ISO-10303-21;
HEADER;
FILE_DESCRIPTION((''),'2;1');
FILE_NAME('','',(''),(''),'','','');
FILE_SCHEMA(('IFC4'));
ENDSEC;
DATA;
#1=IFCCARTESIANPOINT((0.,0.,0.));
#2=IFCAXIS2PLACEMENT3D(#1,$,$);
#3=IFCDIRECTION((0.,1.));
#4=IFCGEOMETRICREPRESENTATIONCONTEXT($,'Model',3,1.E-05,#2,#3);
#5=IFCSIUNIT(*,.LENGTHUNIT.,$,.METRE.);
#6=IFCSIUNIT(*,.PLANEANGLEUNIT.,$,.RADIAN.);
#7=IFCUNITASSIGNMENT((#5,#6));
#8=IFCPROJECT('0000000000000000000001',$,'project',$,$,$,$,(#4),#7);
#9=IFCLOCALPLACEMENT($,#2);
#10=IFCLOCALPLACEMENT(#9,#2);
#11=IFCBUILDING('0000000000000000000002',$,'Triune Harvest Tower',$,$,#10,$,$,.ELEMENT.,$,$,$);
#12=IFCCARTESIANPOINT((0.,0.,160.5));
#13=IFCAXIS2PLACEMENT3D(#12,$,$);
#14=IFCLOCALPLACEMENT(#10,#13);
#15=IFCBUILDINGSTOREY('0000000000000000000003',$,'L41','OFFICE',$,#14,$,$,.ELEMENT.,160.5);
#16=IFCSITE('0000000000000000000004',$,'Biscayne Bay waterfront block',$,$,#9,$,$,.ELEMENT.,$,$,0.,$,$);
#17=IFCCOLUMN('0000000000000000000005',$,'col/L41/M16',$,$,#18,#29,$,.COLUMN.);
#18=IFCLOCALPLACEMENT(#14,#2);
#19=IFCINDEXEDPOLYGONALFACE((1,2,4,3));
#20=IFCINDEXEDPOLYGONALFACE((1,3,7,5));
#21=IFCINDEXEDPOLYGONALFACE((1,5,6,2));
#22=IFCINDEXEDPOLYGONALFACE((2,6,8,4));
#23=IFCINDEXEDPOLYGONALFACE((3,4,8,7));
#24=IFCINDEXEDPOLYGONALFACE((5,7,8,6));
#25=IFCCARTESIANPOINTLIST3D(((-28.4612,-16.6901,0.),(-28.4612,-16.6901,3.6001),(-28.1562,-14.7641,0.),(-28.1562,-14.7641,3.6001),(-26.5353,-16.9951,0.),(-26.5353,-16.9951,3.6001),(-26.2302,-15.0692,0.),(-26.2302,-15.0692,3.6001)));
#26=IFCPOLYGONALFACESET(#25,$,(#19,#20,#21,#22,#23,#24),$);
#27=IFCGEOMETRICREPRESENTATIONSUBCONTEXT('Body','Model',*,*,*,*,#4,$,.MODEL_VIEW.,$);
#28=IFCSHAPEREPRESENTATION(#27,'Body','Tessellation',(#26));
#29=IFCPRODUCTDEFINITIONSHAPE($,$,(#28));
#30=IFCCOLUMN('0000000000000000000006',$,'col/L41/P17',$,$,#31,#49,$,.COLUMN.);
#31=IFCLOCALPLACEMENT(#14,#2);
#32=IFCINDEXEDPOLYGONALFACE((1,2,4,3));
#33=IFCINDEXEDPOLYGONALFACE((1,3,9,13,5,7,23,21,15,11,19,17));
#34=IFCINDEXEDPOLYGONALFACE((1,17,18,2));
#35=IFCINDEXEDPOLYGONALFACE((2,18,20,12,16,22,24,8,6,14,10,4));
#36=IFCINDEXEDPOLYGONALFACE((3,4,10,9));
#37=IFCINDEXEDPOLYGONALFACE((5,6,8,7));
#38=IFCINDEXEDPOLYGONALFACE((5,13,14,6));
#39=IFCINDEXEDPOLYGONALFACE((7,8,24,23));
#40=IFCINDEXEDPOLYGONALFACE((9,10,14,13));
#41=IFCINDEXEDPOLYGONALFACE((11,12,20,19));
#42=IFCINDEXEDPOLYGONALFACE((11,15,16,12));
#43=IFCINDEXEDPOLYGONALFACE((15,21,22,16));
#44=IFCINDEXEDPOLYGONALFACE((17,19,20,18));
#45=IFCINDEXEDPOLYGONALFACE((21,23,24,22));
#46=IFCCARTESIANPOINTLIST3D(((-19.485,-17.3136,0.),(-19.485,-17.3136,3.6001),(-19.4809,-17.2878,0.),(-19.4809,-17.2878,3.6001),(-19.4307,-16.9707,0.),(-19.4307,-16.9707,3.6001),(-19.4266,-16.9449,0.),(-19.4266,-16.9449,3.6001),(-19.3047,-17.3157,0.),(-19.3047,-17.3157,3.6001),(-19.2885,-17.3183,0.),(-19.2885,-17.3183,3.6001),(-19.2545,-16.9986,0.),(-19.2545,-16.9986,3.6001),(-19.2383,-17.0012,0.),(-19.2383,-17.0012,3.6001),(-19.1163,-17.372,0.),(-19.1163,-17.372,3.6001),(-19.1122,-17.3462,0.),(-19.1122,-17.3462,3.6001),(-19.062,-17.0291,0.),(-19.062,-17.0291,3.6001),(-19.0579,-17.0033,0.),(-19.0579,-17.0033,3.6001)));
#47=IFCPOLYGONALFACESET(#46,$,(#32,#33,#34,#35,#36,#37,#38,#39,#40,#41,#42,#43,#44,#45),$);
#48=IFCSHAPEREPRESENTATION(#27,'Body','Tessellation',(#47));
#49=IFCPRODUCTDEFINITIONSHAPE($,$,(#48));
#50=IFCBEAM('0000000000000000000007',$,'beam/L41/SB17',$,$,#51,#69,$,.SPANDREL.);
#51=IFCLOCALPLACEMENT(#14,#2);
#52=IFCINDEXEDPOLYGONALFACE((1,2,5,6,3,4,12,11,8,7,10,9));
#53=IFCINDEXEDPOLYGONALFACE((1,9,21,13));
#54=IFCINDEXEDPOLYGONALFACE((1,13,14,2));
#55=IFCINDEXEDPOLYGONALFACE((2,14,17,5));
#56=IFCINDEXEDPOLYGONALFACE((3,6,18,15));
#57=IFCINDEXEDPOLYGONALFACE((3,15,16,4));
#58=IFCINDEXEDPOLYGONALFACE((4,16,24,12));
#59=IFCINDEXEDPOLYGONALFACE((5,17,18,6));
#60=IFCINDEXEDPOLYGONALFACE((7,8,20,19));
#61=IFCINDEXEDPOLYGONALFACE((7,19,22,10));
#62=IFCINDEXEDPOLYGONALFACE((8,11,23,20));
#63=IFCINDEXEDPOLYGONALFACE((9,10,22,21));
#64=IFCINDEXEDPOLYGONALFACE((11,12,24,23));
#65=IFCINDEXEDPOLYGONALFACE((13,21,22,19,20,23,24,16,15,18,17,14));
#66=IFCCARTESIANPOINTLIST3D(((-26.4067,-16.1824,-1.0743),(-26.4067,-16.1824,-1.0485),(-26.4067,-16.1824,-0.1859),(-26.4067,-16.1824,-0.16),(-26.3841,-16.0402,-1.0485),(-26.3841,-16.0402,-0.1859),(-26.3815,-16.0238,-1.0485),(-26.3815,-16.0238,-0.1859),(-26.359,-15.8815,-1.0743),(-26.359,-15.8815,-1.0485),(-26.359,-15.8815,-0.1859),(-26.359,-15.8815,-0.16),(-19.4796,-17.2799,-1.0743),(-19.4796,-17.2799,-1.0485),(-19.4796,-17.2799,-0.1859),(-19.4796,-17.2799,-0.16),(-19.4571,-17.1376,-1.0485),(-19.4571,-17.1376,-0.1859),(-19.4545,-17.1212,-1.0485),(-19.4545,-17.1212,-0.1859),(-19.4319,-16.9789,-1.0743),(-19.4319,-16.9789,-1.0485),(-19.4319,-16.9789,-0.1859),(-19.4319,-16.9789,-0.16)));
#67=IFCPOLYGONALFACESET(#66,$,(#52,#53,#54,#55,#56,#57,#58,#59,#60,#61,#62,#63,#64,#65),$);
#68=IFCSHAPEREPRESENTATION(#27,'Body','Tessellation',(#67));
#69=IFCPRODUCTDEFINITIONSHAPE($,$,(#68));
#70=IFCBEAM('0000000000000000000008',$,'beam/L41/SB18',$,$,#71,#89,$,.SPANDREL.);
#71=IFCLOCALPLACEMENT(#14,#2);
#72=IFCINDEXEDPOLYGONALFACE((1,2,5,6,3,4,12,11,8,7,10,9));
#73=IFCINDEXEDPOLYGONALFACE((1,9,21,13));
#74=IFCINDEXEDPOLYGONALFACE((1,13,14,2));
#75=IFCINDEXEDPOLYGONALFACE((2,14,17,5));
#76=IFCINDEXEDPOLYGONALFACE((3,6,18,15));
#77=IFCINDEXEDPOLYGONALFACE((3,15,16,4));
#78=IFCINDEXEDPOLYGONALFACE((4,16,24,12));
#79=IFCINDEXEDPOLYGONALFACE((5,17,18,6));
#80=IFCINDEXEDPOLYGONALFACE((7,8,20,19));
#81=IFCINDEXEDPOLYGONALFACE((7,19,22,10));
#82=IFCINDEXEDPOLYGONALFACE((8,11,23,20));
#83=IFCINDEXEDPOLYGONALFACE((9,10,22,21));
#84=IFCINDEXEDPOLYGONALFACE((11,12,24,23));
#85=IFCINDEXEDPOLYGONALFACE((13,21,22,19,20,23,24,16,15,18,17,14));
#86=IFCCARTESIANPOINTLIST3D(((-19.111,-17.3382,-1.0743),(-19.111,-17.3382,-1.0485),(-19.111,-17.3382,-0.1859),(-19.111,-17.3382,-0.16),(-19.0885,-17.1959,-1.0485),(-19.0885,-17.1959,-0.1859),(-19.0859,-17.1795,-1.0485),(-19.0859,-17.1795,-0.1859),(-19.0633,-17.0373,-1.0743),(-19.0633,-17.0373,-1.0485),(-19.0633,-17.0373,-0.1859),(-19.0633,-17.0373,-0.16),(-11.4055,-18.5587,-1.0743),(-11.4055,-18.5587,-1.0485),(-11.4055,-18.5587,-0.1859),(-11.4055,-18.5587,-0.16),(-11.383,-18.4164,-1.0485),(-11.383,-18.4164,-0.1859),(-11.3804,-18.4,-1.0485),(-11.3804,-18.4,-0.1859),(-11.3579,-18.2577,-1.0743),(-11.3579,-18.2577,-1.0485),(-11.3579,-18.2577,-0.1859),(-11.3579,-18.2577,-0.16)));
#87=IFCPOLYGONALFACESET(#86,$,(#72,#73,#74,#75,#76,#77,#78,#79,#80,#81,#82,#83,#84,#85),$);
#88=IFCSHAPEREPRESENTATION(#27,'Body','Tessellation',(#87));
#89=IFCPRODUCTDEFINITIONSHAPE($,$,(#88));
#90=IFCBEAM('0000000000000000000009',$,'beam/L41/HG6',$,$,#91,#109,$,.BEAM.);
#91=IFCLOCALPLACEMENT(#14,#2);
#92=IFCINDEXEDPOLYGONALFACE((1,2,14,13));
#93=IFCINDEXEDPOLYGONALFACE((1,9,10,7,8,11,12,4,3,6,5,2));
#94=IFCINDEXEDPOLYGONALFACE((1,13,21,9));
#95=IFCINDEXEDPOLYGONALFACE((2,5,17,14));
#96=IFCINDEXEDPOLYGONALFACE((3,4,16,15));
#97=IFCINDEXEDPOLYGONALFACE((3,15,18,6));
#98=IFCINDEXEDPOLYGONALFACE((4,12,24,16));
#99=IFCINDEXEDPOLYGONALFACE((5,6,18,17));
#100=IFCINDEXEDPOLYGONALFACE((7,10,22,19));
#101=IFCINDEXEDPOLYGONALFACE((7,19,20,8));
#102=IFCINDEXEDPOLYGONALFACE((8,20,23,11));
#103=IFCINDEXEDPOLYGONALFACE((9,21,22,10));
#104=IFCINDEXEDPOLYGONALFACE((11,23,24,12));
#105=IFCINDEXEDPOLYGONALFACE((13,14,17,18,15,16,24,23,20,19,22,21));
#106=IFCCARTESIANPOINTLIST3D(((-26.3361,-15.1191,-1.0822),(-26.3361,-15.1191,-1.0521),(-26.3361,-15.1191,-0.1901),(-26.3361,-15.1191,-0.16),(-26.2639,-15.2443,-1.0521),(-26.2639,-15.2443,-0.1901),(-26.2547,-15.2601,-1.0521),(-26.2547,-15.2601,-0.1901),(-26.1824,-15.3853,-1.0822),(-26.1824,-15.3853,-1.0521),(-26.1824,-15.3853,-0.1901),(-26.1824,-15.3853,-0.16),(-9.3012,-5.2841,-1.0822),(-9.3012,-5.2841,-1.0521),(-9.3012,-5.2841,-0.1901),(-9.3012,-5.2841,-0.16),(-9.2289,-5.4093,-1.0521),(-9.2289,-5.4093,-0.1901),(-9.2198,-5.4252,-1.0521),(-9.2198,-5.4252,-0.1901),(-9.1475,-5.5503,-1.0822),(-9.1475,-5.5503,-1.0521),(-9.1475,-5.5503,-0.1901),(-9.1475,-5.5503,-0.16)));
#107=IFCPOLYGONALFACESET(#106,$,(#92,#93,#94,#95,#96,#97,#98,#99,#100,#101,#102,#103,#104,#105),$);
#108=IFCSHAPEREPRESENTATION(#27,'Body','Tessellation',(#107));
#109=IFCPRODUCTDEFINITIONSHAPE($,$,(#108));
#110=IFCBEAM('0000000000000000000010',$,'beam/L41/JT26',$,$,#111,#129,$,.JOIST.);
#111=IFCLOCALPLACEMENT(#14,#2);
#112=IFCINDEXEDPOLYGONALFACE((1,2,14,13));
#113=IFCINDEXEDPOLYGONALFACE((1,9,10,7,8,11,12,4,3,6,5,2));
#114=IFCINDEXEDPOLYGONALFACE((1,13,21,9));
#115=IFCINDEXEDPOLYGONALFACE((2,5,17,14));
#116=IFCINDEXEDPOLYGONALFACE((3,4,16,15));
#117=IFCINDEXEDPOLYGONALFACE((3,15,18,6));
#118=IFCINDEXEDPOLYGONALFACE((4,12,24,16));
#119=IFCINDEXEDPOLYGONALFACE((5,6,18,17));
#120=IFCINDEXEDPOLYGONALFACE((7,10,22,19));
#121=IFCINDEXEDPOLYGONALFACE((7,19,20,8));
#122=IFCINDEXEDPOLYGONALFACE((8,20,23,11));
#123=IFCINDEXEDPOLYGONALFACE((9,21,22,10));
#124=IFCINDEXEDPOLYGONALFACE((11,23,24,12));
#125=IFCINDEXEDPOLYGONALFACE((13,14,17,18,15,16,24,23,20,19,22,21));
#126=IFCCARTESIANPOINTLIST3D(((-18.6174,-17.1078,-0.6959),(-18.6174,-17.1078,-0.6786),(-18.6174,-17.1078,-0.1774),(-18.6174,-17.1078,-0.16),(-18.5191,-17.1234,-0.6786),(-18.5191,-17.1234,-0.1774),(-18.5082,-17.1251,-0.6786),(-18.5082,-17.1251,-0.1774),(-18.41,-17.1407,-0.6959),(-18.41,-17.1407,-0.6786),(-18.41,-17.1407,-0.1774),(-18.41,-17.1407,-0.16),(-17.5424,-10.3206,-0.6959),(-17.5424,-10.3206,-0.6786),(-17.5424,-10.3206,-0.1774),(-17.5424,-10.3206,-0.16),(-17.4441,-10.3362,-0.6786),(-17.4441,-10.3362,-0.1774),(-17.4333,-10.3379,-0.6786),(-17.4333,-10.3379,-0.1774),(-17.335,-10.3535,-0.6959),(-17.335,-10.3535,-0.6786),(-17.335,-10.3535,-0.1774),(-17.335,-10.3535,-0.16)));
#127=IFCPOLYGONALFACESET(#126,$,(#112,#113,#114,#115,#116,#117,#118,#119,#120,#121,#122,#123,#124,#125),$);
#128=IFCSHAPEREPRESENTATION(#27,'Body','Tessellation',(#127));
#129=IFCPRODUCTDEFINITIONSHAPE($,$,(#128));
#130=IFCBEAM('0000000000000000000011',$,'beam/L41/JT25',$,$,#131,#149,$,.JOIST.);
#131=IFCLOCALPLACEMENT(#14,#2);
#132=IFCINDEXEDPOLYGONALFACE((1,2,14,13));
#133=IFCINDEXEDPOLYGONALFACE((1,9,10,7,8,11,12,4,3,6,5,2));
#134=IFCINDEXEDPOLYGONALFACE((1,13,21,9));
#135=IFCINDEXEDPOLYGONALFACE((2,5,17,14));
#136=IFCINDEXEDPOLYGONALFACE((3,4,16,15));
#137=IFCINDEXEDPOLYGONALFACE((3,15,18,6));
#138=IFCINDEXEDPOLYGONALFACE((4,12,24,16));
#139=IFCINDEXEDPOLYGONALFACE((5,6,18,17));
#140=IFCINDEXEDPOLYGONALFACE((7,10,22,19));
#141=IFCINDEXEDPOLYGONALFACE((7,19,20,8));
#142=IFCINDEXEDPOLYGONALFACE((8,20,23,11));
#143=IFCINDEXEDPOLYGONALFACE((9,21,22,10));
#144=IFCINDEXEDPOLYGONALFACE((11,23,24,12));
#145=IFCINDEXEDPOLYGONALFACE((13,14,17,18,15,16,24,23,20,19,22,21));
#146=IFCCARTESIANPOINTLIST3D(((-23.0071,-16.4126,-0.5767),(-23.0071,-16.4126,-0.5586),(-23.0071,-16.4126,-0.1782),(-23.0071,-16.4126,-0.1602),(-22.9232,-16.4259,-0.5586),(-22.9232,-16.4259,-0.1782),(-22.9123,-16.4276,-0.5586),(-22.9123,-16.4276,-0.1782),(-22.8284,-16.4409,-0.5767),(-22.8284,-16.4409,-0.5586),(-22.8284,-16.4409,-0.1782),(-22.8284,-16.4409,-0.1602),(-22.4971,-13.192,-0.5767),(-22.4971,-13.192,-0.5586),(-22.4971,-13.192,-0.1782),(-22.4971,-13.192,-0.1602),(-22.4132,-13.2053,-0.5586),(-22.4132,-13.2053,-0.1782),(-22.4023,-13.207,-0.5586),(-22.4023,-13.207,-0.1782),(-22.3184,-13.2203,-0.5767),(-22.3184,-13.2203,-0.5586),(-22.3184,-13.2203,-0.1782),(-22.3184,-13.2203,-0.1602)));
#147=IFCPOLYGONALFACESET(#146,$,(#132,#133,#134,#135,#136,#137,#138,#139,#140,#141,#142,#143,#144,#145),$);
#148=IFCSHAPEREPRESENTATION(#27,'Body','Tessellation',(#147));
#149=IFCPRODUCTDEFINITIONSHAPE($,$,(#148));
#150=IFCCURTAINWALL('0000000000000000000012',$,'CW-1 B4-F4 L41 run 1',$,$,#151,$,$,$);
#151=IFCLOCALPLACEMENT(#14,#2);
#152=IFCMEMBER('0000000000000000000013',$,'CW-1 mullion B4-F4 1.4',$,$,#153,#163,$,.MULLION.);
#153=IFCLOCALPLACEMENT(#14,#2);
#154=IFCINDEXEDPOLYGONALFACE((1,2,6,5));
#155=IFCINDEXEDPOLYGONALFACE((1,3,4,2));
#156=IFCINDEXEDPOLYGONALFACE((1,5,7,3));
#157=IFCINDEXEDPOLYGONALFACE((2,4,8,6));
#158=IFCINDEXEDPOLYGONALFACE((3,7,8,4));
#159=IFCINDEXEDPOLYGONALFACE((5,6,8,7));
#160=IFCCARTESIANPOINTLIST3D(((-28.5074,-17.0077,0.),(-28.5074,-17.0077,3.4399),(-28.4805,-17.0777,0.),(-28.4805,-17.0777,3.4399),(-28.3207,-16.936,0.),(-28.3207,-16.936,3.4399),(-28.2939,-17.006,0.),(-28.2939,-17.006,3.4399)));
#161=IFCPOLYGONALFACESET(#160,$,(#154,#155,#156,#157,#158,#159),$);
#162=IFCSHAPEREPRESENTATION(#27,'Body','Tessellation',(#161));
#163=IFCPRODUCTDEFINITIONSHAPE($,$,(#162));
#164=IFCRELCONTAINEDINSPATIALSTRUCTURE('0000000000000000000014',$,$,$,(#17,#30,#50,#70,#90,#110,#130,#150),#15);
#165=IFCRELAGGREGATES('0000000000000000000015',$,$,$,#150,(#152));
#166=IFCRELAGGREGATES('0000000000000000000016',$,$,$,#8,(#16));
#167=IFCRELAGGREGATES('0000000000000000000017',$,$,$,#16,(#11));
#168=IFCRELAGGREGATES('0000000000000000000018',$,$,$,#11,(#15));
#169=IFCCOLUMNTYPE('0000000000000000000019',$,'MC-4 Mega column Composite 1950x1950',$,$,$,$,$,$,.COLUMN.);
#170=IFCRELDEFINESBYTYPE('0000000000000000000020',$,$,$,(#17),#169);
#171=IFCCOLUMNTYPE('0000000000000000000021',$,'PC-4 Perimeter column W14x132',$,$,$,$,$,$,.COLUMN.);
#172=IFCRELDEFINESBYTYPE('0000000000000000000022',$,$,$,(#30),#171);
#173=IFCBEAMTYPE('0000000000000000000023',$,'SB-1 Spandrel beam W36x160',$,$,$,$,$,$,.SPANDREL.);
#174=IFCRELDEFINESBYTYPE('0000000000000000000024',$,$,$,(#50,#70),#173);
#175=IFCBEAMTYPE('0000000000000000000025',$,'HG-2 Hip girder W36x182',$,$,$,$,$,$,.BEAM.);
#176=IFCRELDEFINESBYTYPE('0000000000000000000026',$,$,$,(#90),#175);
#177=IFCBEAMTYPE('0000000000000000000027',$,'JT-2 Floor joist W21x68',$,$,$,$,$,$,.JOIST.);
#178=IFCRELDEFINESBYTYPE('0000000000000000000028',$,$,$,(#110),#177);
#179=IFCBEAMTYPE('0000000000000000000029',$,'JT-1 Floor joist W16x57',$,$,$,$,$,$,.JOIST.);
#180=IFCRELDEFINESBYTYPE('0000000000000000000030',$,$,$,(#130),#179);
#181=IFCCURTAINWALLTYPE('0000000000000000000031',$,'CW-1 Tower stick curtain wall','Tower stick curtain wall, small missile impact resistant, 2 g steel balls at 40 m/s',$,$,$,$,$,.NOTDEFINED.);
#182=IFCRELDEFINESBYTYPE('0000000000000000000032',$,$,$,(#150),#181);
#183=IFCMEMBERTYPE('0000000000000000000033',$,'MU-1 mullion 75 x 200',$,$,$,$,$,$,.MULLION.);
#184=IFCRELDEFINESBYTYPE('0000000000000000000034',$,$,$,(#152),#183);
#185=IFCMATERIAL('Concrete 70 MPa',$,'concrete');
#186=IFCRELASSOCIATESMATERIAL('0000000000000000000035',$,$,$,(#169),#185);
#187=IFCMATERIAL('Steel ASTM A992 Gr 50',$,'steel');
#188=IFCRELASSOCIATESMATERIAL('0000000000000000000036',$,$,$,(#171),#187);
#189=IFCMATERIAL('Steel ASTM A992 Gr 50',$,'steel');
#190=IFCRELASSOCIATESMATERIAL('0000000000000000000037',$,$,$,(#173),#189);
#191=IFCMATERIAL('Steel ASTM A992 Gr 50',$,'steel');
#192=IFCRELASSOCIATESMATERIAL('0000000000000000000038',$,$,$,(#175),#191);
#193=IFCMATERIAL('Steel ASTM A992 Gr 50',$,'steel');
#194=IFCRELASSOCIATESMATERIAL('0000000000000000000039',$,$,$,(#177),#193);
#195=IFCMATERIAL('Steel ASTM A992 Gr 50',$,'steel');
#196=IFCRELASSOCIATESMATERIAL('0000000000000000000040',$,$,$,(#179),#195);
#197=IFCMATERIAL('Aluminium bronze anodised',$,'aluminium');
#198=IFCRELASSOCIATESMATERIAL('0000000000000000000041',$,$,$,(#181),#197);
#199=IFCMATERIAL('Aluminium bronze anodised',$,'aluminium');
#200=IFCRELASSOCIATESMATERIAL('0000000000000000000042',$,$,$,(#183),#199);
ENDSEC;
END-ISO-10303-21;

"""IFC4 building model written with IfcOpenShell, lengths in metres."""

from ifc_helpers import new_model, si_unit, direction, frame, origin, origin_2d, place, context, subcontext, project, spatial, rectangle, i_section, extrude, source, transform, mapped, material, material_profile, profile_set, type_object, element, aggregate, save


model = new_model("IFC4")

# Units and contexts
model_context = context("Model", 3, precision=1e-05, world=origin(), true_north=direction((0.0, 1.0)))
body_context = subcontext(model_context, "Body", "Model", "MODEL_VIEW")
ifc_project = project(units=[si_unit("LENGTHUNIT", "METRE"), si_unit("PLANEANGLEUNIT", "RADIAN")], contexts=[model_context])

# Site, building, storey
site_placement = place(None, origin())
site = spatial("IfcSite", under=ifc_project, at=site_placement, Name="Biscayne Bay waterfront block", CompositionType="ELEMENT", RefElevation=0.0)
building_placement = place(site_placement, origin())
building = spatial("IfcBuilding", under=site, at=building_placement, Name="Triune Harvest Tower", CompositionType="ELEMENT")
storey_placement = place(building_placement, frame((0.0, 0.0, 160.5)))
storey = spatial("IfcBuildingStorey", under=building, at=storey_placement, Name="L41", Description="OFFICE", CompositionType="ELEMENT", Elevation=160.5)

# Columns
ifc_material_1 = material(Name="Concrete 70 MPa", Category="concrete")
ifc_material_profile_1 = material_profile(ifc_material_1, rectangle(XDim=1.95, YDim=1.95, at=origin_2d()), Name="Composite 1950x1950")
ifc_profile_set_1 = profile_set([ifc_material_profile_1], Name="Concrete 70 MPa")
column_type_1 = type_object("IfcColumnType", Name="MC-4 Mega column Composite 1950x1950", PredefinedType="COLUMN", material=ifc_profile_set_1)
shared_shape_1 = source(origin(), body_context, "Body", "SweptSolid", [
    extrude(rectangle(XDim=1.95, YDim=1.95, at=origin_2d()), origin(), (0.0, 0.0, 1.0), 3.6001),
])
column_1_placement = place(storey_placement, frame((-27.3457, -15.8796, 0.0), z_axis=(0.0, 0.0, 1.0), x_axis=(0.987688, -0.156434, 0.0)))
element("IfcColumn", 1, at=column_1_placement, inside=storey, type_object=column_type_1, Name="col/L41/M16", PredefinedType="COLUMN", context=body_context, shape_type="MappedRepresentation", body=[
    mapped(shared_shape_1, transform((0.0, 0.0, 0.0), scale=1.0)),
])
ifc_material_2 = material(Name="Steel ASTM A992 Gr 50", Category="steel")
ifc_material_profile_2 = material_profile(ifc_material_2, i_section(OverallWidth=0.3733, OverallDepth=0.3733, WebThickness=0.0164, FlangeThickness=0.0261, at=origin_2d()), Name="W14x132")
ifc_profile_set_2 = profile_set([ifc_material_profile_2], Name="Steel ASTM A992 Gr 50")
column_type_2 = type_object("IfcColumnType", Name="PC-4 Perimeter column W14x132", PredefinedType="COLUMN", material=ifc_profile_set_2)
shared_shape_2 = source(origin(), body_context, "Body", "SweptSolid", [
    extrude(i_section(OverallWidth=0.3733, OverallDepth=0.3733, WebThickness=0.0164, FlangeThickness=0.0261, at=origin_2d()), origin(), (0.0, 0.0, 1.0), 3.6001),
])
column_2_placement = place(storey_placement, frame((-19.2715, -17.1584, 0.0), z_axis=(0.0, 0.0, 1.0), x_axis=(0.987688, -0.156434, 0.0)))
element("IfcColumn", 2, at=column_2_placement, inside=storey, type_object=column_type_2, Name="col/L41/P17", PredefinedType="COLUMN", context=body_context, shape_type="MappedRepresentation", body=[
    mapped(shared_shape_2, transform((0.0, 0.0, 0.0), scale=1.0)),
])

# Beams
ifc_material_3 = material(Name="Steel ASTM A992 Gr 50", Category="steel")
ifc_material_profile_3 = material_profile(ifc_material_3, i_section(OverallWidth=0.3047, OverallDepth=0.9143, WebThickness=0.0166, FlangeThickness=0.0259, at=origin_2d()), Name="W36x160")
ifc_profile_set_3 = profile_set([ifc_material_profile_3], Name="Steel ASTM A992 Gr 50")
beam_type_1 = type_object("IfcBeamType", Name="SB-1 Spandrel beam W36x160", PredefinedType="SPANDREL", material=ifc_profile_set_3)
shared_shape_3 = source(origin(), body_context, "Body", "SweptSolid", [
    extrude(i_section(OverallWidth=0.3047, OverallDepth=0.9143, WebThickness=0.0166, FlangeThickness=0.0259, at=origin_2d()), origin(), (0.0, 0.0, 1.0), 7.0134),
])
beam_1_placement = place(storey_placement, frame((-26.3828, -16.032, -0.6172), z_axis=(0.987682, -0.156474, 0.0), x_axis=(0.156474, 0.987682, 0.0)))
element("IfcBeam", 3, at=beam_1_placement, inside=storey, type_object=beam_type_1, Name="beam/L41/SB17", PredefinedType="SPANDREL", context=body_context, shape_type="MappedRepresentation", body=[
    mapped(shared_shape_3, transform((0.0, 0.0, 0.0), scale=1.0)),
])
shared_shape_4 = source(origin(), body_context, "Body", "SweptSolid", [
    extrude(i_section(OverallWidth=0.3047, OverallDepth=0.9143, WebThickness=0.0166, FlangeThickness=0.0259, at=origin_2d()), origin(), (0.0, 0.0, 1.0), 7.8015),
])
beam_2_placement = place(storey_placement, frame((-19.0872, -17.1877, -0.6172), z_axis=(0.987688, -0.156437, 0.0), x_axis=(0.156437, 0.987688, 0.0)))
element("IfcBeam", 4, at=beam_2_placement, inside=storey, type_object=beam_type_1, Name="beam/L41/SB18", PredefinedType="SPANDREL", context=body_context, shape_type="MappedRepresentation", body=[
    mapped(shared_shape_4, transform((0.0, 0.0, 0.0), scale=1.0)),
])
ifc_material_4 = material(Name="Steel ASTM A992 Gr 50", Category="steel")
ifc_material_profile_4 = material_profile(ifc_material_4, i_section(OverallWidth=0.3074, OverallDepth=0.9221, WebThickness=0.0183, FlangeThickness=0.03, at=origin_2d()), Name="W36x182")
ifc_profile_set_4 = profile_set([ifc_material_profile_4], Name="Steel ASTM A992 Gr 50")
beam_type_2 = type_object("IfcBeamType", Name="HG-2 Hip girder W36x182", PredefinedType="BEAM", material=ifc_profile_set_4)
shared_shape_5 = source(origin(), body_context, "Body", "SweptSolid", [
    extrude(i_section(OverallWidth=0.3074, OverallDepth=0.9221, WebThickness=0.0183, FlangeThickness=0.03, at=origin_2d()), origin(), (0.0, 0.0, 1.0), 19.6702),
])
beam_3_placement = place(storey_placement, frame((-26.2593, -15.2522, -0.6211), z_axis=(0.866029, 0.499994, 0.0), x_axis=(-0.499994, 0.866029, 0.0)))
element("IfcBeam", 5, at=beam_3_placement, inside=storey, type_object=beam_type_2, Name="beam/L41/HG6", PredefinedType="BEAM", context=body_context, shape_type="MappedRepresentation", body=[
    mapped(shared_shape_5, transform((0.0, 0.0, 0.0), scale=1.0)),
])
ifc_material_5 = material(Name="Steel ASTM A992 Gr 50", Category="steel")
ifc_material_profile_5 = material_profile(ifc_material_5, i_section(OverallWidth=0.21, OverallDepth=0.5359, WebThickness=0.011, FlangeThickness=0.0173, at=origin_2d()), Name="W21x68")
ifc_profile_set_5 = profile_set([ifc_material_profile_5], Name="Steel ASTM A992 Gr 50")
beam_type_3 = type_object("IfcBeamType", Name="JT-2 Floor joist W21x68", PredefinedType="JOIST", material=ifc_profile_set_5)
shared_shape_6 = source(origin(), body_context, "Body", "SweptSolid", [
    extrude(i_section(OverallWidth=0.21, OverallDepth=0.5359, WebThickness=0.011, FlangeThickness=0.0173, at=origin_2d()), origin(), (0.0, 0.0, 1.0), 6.8718),
])
beam_4_placement = place(storey_placement, frame((-18.5137, -17.1243, -0.428), z_axis=(0.156431, 0.987689, 0.0), x_axis=(-0.987689, 0.156431, 0.0)))
element("IfcBeam", 6, at=beam_4_placement, inside=storey, type_object=beam_type_3, Name="beam/L41/JT26", PredefinedType="JOIST", context=body_context, shape_type="MappedRepresentation", body=[
    mapped(shared_shape_6, transform((0.0, 0.0, 0.0), scale=1.0)),
])
ifc_material_6 = material(Name="Steel ASTM A992 Gr 50", Category="steel")
ifc_material_profile_6 = material_profile(ifc_material_6, i_section(OverallWidth=0.1809, OverallDepth=0.4165, WebThickness=0.011, FlangeThickness=0.0181, at=origin_2d()), Name="W16x57")
ifc_profile_set_6 = profile_set([ifc_material_profile_6], Name="Steel ASTM A992 Gr 50")
beam_type_4 = type_object("IfcBeamType", Name="JT-1 Floor joist W16x57", PredefinedType="JOIST", material=ifc_profile_set_6)
shared_shape_7 = source(origin(), body_context, "Body", "SweptSolid", [
    extrude(i_section(OverallWidth=0.1809, OverallDepth=0.4165, WebThickness=0.011, FlangeThickness=0.0181, at=origin_2d()), origin(), (0.0, 0.0, 1.0), 3.2607),
])
beam_5_placement = place(storey_placement, frame((-22.9177, -16.4268, -0.3684), z_axis=(0.156405, 0.987693, 0.0), x_axis=(-0.987693, 0.156405, 0.0)))
element("IfcBeam", 7, at=beam_5_placement, inside=storey, type_object=beam_type_4, Name="beam/L41/JT25", PredefinedType="JOIST", context=body_context, shape_type="MappedRepresentation", body=[
    mapped(shared_shape_7, transform((0.0, 0.0, 0.0), scale=1.0)),
])

# Curtain wall, member
ifc_material_7 = material(Name="Aluminium bronze anodised", Category="aluminium")
curtain_wall_type_1 = type_object("IfcCurtainWallType", Name="CW-1 Tower stick curtain wall", Description="Tower stick curtain wall, small missile impact resistant, 2 g steel balls at 40 m/s", PredefinedType="NOTDEFINED", material=ifc_material_7)
curtain_wall_1_placement = place(storey_placement, origin())
curtain_wall_1 = element("IfcCurtainWall", 8, at=curtain_wall_1_placement, inside=storey, type_object=curtain_wall_type_1, Name="CW-1 B4-F4 L41 run 1")
ifc_material_8 = material(Name="Aluminium bronze anodised", Category="aluminium")
ifc_material_profile_7 = material_profile(ifc_material_8, rectangle(XDim=0.2, YDim=0.075, at=origin_2d()), Name="MU-1 mullion 75 x 200")
ifc_profile_set_7 = profile_set([ifc_material_profile_7], Name="Aluminium bronze anodised")
member_type_1 = type_object("IfcMemberType", Name="MU-1 mullion 75 x 200", PredefinedType="MULLION", material=ifc_profile_set_7)
shared_shape_8 = source(origin(), body_context, "Body", "SweptSolid", [
    extrude(rectangle(XDim=0.2, YDim=0.075, at=origin_2d()), origin(), (0.0, 0.0, 1.0), 3.4399),
])
member_1_placement = place(storey_placement, frame((-28.4006, -17.0068, 0.0), z_axis=(0.0, 0.0, 1.0), x_axis=(0.93358, 0.358369, 0.0)))
member_1 = element("IfcMember", 9, at=member_1_placement, type_object=member_type_1, Name="CW-1 mullion B4-F4 1.4", PredefinedType="MULLION", context=body_context, shape_type="MappedRepresentation", body=[
    mapped(shared_shape_8, transform((0.0, 0.0, 0.0), scale=1.0)),
])

aggregate(curtain_wall_1, [member_1])

save(model, "model.ifc")
